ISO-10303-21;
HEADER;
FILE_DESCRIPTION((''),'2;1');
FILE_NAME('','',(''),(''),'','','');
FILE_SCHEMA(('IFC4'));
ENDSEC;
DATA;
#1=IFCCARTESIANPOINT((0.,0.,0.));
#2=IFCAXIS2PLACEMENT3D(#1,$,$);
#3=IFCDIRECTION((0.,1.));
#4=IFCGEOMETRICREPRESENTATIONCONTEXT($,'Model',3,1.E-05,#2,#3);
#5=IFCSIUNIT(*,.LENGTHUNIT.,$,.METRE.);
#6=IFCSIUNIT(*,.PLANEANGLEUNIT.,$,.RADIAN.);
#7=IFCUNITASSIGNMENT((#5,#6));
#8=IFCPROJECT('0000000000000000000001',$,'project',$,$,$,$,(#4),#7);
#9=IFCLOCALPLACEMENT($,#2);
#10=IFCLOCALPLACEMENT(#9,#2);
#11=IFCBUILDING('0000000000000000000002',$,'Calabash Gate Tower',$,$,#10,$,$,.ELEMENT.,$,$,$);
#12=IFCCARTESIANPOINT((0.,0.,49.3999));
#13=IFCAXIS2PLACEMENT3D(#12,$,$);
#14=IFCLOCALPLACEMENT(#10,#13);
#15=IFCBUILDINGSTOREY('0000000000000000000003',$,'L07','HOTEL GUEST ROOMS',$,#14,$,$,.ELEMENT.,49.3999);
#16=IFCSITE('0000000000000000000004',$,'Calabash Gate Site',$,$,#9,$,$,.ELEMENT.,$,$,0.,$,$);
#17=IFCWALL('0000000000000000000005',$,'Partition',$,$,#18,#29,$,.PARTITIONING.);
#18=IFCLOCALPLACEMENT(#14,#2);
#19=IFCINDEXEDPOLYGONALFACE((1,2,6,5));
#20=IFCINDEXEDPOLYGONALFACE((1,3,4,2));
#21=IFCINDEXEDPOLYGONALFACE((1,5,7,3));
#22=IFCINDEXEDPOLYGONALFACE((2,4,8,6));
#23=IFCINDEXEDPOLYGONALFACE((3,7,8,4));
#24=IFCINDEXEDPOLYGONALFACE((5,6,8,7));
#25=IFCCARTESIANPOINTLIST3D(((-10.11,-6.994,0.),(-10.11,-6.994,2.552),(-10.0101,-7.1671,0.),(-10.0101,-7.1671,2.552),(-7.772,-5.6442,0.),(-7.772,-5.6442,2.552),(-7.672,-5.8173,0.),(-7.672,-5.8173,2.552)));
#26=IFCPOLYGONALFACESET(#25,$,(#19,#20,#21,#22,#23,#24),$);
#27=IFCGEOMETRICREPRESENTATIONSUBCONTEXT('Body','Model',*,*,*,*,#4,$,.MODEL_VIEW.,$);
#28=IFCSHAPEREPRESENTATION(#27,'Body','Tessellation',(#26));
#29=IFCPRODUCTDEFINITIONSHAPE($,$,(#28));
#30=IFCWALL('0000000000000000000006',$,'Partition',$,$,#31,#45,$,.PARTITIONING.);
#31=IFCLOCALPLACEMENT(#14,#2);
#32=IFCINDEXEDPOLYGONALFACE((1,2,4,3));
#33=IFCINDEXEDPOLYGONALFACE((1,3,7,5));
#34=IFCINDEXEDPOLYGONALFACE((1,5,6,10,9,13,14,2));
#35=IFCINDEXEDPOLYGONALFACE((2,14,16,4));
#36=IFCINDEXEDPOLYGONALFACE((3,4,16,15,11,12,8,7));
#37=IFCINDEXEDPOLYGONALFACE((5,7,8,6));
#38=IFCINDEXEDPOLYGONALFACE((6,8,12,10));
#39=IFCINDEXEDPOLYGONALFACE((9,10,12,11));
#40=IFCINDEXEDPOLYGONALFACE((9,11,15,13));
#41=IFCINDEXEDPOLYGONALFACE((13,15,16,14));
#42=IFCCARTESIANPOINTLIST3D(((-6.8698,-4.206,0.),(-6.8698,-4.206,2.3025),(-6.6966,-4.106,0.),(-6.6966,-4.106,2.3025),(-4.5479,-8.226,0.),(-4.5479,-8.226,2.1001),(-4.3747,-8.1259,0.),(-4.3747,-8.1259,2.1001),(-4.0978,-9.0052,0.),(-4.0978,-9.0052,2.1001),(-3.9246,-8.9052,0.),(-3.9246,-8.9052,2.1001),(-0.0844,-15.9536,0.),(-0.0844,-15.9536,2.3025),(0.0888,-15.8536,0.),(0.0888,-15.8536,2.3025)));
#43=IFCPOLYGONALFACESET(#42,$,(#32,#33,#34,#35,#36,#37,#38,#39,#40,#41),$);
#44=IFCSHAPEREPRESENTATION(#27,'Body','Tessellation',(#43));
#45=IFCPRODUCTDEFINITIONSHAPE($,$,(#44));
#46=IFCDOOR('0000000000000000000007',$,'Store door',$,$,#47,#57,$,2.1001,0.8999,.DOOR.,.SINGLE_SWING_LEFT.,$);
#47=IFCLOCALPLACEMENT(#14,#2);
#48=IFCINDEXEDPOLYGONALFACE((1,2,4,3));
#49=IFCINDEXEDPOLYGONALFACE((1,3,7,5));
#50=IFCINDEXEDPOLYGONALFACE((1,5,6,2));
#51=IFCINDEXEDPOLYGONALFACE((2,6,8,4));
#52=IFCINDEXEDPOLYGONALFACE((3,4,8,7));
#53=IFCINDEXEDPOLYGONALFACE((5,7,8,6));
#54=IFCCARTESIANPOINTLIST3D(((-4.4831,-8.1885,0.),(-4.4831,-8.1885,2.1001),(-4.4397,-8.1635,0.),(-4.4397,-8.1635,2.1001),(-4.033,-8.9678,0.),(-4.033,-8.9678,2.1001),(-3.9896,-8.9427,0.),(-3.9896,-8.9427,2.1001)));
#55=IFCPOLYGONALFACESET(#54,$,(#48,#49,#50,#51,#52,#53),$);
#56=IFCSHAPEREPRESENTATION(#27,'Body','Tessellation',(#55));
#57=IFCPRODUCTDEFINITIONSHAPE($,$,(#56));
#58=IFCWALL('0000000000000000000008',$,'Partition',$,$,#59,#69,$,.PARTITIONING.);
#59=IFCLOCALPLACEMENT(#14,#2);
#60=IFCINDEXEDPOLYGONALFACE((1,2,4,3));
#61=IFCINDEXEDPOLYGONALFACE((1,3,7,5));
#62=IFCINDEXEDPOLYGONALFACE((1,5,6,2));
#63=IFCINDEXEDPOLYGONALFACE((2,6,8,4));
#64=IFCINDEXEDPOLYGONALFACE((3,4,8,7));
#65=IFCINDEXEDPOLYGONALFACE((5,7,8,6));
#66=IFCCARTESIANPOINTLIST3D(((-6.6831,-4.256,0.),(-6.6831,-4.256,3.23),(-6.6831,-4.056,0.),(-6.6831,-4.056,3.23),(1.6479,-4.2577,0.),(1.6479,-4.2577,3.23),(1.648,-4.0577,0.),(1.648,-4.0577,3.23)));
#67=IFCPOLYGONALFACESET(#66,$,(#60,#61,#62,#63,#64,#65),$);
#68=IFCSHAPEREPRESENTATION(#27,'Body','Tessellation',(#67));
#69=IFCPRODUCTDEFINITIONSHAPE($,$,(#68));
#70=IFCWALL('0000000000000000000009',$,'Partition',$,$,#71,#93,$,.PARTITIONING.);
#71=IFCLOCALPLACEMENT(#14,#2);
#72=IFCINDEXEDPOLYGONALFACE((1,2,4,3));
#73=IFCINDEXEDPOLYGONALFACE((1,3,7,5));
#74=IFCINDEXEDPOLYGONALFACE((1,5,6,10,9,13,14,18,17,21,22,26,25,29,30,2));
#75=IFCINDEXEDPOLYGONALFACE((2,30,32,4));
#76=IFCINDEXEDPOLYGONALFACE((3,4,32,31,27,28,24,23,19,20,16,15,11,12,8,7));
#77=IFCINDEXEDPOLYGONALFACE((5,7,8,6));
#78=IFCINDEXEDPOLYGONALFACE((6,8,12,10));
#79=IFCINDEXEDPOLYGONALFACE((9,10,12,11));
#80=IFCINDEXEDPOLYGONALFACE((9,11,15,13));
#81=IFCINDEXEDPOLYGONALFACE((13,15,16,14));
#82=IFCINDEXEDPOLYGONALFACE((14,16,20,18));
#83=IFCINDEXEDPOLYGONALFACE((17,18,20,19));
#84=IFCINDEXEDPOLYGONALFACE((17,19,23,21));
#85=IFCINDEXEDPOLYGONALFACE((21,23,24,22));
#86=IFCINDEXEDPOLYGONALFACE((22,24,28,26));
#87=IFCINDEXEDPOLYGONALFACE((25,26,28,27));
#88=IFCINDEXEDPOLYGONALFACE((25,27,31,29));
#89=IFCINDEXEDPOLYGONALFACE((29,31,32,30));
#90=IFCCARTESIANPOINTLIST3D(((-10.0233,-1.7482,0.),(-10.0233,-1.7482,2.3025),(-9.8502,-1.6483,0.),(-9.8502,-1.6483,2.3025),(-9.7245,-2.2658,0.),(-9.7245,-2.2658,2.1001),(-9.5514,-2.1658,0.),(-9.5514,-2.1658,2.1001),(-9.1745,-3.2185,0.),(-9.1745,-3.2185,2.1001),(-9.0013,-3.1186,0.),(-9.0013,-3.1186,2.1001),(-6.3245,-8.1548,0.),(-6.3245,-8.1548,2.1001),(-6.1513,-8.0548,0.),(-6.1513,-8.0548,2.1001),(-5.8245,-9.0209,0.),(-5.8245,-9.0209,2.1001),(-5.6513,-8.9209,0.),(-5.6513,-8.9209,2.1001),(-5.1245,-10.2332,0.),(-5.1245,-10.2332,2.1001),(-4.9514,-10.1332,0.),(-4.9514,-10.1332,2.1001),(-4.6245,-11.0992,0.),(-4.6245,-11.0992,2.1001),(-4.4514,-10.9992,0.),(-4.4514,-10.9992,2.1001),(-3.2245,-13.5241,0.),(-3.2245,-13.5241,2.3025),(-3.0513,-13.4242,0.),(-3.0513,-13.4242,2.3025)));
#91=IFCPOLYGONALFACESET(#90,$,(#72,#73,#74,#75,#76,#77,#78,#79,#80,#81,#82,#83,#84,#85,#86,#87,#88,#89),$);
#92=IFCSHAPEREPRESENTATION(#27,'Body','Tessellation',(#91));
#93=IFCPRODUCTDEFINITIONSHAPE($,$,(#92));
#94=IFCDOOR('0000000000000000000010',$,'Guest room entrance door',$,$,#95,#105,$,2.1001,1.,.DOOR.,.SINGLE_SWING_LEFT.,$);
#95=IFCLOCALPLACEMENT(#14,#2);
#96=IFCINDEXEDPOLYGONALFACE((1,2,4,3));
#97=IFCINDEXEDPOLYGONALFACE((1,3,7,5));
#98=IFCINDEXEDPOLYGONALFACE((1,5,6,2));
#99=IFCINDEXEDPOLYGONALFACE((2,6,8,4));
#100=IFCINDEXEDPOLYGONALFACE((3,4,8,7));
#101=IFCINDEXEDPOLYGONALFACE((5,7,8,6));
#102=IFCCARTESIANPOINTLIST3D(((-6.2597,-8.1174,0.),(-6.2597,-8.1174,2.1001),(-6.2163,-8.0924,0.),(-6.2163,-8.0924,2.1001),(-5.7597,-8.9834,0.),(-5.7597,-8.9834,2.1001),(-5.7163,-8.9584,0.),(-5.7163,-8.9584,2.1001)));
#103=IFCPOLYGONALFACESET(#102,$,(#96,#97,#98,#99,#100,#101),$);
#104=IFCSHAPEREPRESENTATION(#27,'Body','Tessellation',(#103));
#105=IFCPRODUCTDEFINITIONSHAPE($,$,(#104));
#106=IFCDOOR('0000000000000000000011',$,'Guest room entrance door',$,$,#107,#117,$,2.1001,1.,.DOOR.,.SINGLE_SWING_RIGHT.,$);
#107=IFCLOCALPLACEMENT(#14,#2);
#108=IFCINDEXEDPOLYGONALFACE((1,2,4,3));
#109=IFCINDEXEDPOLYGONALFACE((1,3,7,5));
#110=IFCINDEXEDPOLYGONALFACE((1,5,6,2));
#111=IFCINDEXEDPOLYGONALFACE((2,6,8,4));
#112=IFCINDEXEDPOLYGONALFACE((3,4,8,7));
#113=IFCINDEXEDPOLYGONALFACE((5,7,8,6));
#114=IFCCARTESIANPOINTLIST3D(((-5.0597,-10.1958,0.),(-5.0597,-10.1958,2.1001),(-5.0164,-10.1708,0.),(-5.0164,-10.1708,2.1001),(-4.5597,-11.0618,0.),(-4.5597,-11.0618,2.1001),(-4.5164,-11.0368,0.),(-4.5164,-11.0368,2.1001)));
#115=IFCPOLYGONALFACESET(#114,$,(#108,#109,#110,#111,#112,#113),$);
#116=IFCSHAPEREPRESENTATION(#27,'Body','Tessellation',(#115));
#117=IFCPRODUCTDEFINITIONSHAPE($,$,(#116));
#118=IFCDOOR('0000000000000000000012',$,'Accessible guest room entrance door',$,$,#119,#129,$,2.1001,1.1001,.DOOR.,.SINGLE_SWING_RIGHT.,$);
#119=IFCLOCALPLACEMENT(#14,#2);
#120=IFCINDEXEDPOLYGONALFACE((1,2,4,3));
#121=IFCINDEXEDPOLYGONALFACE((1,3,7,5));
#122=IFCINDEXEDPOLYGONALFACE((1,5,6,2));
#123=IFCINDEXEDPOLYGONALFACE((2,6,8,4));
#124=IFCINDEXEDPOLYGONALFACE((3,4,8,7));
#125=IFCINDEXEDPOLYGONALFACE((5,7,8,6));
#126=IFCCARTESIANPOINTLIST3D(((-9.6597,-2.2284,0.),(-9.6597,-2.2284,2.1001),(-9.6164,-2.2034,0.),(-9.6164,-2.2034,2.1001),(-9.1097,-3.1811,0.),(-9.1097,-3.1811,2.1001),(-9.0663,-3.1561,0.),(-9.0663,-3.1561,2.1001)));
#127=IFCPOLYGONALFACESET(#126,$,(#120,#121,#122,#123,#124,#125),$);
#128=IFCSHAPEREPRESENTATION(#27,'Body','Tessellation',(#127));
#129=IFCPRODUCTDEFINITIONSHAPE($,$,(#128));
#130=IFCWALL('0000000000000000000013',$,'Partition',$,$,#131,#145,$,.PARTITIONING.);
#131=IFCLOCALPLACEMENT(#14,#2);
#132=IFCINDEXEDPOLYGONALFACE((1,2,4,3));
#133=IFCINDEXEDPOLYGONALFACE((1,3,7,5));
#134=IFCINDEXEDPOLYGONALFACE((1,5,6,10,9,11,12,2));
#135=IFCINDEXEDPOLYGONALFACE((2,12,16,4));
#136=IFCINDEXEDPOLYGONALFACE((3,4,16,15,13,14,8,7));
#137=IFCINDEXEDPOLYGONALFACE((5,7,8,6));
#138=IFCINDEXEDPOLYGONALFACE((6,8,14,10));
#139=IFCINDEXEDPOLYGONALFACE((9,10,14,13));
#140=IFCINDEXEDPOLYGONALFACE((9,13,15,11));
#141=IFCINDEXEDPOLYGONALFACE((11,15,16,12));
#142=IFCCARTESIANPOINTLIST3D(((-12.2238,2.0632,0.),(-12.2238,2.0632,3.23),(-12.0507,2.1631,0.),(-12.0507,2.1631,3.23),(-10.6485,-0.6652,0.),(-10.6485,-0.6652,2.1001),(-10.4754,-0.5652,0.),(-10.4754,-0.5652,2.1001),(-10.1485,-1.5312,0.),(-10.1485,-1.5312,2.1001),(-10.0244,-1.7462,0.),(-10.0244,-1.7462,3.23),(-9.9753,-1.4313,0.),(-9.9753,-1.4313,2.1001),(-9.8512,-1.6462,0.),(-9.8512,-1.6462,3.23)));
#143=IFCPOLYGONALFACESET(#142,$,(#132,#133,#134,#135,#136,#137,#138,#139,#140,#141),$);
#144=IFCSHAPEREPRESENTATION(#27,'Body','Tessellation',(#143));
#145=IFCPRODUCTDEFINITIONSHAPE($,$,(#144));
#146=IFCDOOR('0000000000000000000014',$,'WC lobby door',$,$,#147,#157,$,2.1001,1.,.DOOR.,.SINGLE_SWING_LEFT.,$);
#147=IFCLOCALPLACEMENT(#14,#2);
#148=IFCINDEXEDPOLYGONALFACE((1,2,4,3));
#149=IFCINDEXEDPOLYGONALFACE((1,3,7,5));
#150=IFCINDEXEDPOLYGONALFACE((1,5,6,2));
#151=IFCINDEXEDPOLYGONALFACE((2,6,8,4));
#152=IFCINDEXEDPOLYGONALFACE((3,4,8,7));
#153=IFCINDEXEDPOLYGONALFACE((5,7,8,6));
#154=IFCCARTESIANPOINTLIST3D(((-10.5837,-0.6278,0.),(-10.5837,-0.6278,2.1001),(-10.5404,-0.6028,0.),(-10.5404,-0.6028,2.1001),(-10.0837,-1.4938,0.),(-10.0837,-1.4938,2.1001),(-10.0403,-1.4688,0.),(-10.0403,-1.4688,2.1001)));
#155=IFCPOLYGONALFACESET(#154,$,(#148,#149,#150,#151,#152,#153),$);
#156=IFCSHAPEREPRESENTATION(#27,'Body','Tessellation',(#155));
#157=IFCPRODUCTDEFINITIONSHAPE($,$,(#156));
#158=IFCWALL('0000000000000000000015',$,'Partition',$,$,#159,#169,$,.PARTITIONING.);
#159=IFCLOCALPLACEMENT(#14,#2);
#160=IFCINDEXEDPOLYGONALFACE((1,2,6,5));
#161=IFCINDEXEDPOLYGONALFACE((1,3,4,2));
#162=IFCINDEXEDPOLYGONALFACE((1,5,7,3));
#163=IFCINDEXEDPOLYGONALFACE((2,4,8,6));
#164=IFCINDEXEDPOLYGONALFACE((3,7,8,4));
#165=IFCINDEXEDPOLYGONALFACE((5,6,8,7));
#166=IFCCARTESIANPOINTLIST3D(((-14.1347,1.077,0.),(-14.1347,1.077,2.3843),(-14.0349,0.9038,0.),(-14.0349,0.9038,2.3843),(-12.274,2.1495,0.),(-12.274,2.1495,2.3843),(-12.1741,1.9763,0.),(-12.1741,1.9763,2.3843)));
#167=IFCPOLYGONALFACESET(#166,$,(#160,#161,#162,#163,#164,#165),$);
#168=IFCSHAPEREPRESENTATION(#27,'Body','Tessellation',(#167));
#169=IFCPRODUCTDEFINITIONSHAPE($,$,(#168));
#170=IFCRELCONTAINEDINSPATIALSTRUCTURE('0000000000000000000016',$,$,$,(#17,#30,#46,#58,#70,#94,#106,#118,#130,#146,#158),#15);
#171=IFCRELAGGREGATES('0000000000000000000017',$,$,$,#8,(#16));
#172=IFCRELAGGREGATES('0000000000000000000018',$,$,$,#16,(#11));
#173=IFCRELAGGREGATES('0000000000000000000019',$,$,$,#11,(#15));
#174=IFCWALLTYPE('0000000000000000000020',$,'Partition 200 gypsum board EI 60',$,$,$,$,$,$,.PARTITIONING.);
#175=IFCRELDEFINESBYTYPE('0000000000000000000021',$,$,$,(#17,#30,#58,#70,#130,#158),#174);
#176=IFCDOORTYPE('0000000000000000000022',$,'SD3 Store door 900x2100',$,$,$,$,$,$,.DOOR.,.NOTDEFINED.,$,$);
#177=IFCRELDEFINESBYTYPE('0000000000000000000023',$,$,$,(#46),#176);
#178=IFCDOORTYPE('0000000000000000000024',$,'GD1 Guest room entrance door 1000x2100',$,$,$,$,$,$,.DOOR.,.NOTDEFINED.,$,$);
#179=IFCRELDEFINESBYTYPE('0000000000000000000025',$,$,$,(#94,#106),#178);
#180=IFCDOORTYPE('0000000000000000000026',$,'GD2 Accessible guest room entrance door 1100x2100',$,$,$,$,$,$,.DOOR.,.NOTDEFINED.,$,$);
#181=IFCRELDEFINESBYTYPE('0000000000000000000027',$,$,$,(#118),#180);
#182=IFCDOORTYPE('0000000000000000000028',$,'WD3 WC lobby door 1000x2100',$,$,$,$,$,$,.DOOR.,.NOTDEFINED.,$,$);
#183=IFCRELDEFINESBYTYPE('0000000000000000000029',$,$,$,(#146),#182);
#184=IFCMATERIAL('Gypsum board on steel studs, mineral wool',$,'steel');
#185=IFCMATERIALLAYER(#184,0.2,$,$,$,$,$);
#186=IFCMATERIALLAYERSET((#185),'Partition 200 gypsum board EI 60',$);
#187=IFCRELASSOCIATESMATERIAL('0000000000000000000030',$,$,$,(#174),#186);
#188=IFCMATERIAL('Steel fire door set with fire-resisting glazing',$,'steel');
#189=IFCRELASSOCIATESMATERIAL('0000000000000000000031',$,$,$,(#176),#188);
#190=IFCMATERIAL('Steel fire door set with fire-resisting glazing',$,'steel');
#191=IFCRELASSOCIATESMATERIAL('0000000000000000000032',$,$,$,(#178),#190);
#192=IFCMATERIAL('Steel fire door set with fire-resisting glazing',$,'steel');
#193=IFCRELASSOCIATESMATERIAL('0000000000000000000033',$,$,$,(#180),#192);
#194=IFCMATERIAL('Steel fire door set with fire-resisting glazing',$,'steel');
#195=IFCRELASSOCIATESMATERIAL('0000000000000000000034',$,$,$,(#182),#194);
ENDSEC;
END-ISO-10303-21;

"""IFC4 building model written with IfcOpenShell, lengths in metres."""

from ifc_helpers import new_model, si_unit, direction, frame, frame_2d, origin, place, context, subcontext, project, spatial, rectangle, extrude, material, layer, layer_set, type_object, element, fill, save


model = new_model("IFC4")

# Units and contexts
model_context = context("Model", 3, precision=1e-05, world=origin(), true_north=direction((0.0, 1.0)))
body_context = subcontext(model_context, "Body", "Model", "MODEL_VIEW")
ifc_project = project(units=[si_unit("LENGTHUNIT", "METRE"), si_unit("PLANEANGLEUNIT", "RADIAN")], contexts=[model_context])

# Site, building, storey
site_placement = place(None, origin())
site = spatial("IfcSite", under=ifc_project, at=site_placement, Name="Calabash Gate Site", CompositionType="ELEMENT", RefElevation=0.0)
building_placement = place(site_placement, origin())
building = spatial("IfcBuilding", under=site, at=building_placement, Name="Calabash Gate Tower", CompositionType="ELEMENT")
storey_placement = place(building_placement, frame((0.0, 0.0, 49.3999)))
storey = spatial("IfcBuildingStorey", under=building, at=storey_placement, Name="L07", Description="HOTEL GUEST ROOMS", CompositionType="ELEMENT", Elevation=49.3999)

# Wall
ifc_material_1 = material(Name="Gypsum board on steel studs, mineral wool", Category="steel")
ifc_layer_1 = layer(ifc_material_1, 0.2)
ifc_layer_set_1 = layer_set([ifc_layer_1], Name="Partition 200 gypsum board EI 60")
wall_type_1 = type_object("IfcWallType", Name="Partition 200 gypsum board EI 60", PredefinedType="PARTITIONING", material=ifc_layer_set_1)
wall_1_placement = place(storey_placement, frame((-10.0601, -7.0806, 0.0), z_axis=(0.0, 0.0, 1.0), x_axis=(0.866037, 0.499981, 0.0)))
element("IfcWall", 1, at=wall_1_placement, inside=storey, type_object=wall_type_1, Name="Partition", PredefinedType="PARTITIONING", context=body_context, shape_type="SweptSolid", body=[
    extrude(rectangle(XDim=2.6997, YDim=0.2, at=frame_2d((1.3499, 0.0))), origin(), (0.0, 0.0, 1.0), 2.552),
])

# Wall, opening, door
wall_2_placement = place(storey_placement, frame((-6.7832, -4.156, 0.0), z_axis=(0.0, 0.0, 1.0), x_axis=(0.500163, -0.865931, 0.0)))
wall_2 = element("IfcWall", 2, at=wall_2_placement, inside=storey, type_object=wall_type_1, Name="Partition", PredefinedType="PARTITIONING", context=body_context, shape_type="SweptSolid", body=[
    extrude(rectangle(XDim=13.5664, YDim=0.2, at=frame_2d((6.7832, 0.0))), origin(), (0.0, 0.0, 1.0), 2.3025),
])
opening_1_placement = place(wall_2_placement, frame((4.6423, 0.0, 0.0)))
opening_1 = element("IfcOpeningElement", 3, at=opening_1_placement, cuts=wall_2, PredefinedType="OPENING", context=body_context, shape_type="SweptSolid", body=[
    extrude(rectangle(XDim=0.8999, YDim=2.1001, at=frame_2d((0.45, 1.05))), frame((0.0, 0.1099, 0.0), z_axis=(0.0, -1.0, 0.0), x_axis=(1.0, 0.0, 0.0)), (0.0, 0.0, 1.0), 0.22),
])
ifc_material_2 = material(Name="Steel fire door set with fire-resisting glazing", Category="steel")
door_type_1 = type_object("IfcDoorType", Name="SD3 Store door 900x2100", OperationType="NOTDEFINED", PredefinedType="DOOR", material=ifc_material_2)
door_1_placement = place(opening_1_placement, origin())
door_1 = element("IfcDoor", 4, at=door_1_placement, inside=storey, type_object=door_type_1, Name="Store door", OperationType="SINGLE_SWING_LEFT", OverallHeight=2.1001, OverallWidth=0.8999, PredefinedType="DOOR", context=body_context, shape_type="SweptSolid", body=[
    extrude(rectangle(XDim=0.8999, YDim=2.1001, at=frame_2d((0.45, 1.05))), frame((0.0, 0.0249, 0.0), z_axis=(0.0, -1.0, 0.0), x_axis=(1.0, 0.0, 0.0)), (0.0, 0.0, 1.0), 0.05),
])
fill(opening_1, door_1)

# Wall
wall_3_placement = place(storey_placement, frame((-6.6831, -4.156, 0.0), z_axis=(0.0, 0.0, 1.0), x_axis=(1.0, -0.000205, 0.0)))
element("IfcWall", 5, at=wall_3_placement, inside=storey, type_object=wall_type_1, Name="Partition", PredefinedType="PARTITIONING", context=body_context, shape_type="SweptSolid", body=[
    extrude(rectangle(XDim=8.3311, YDim=0.2, at=frame_2d((4.1655, 0.0))), origin(), (0.0, 0.0, 1.0), 3.23),
])

# Wall, openings, doors
wall_4_placement = place(storey_placement, frame((-9.9368, -1.6982, 0.0), z_axis=(0.0, 0.0, 1.0), x_axis=(0.500001, -0.866025, 0.0)))
wall_4 = element("IfcWall", 6, at=wall_4_placement, inside=storey, type_object=wall_type_1, Name="Partition", PredefinedType="PARTITIONING", context=body_context, shape_type="SweptSolid", body=[
    extrude(rectangle(XDim=13.5977, YDim=0.2, at=frame_2d((6.7988, 0.0))), origin(), (0.0, 0.0, 1.0), 2.3025),
])
opening_2_placement = place(wall_4_placement, frame((0.5977, 0.0, 0.0)))
opening_2 = element("IfcOpeningElement", 7, at=opening_2_placement, cuts=wall_4, PredefinedType="OPENING", context=body_context, shape_type="SweptSolid", body=[
    extrude(rectangle(XDim=1.1001, YDim=2.1001, at=frame_2d((0.55, 1.05))), frame((0.0, 0.1099, 0.0), z_axis=(0.0, -1.0, 0.0), x_axis=(1.0, 0.0, 0.0)), (0.0, 0.0, 1.0), 0.22),
])
opening_3_placement = place(wall_4_placement, frame((7.3977, 0.0, 0.0)))
opening_3 = element("IfcOpeningElement", 8, at=opening_3_placement, cuts=wall_4, PredefinedType="OPENING", context=body_context, shape_type="SweptSolid", body=[
    extrude(rectangle(XDim=1.0, YDim=2.1001, at=frame_2d((0.5, 1.05))), frame((0.0, 0.1099, 0.0), z_axis=(0.0, -1.0, 0.0), x_axis=(1.0, 0.0, 0.0)), (0.0, 0.0, 1.0), 0.22),
])
opening_4_placement = place(wall_4_placement, frame((9.7976, 0.0, 0.0)))
opening_4 = element("IfcOpeningElement", 9, at=opening_4_placement, cuts=wall_4, PredefinedType="OPENING", context=body_context, shape_type="SweptSolid", body=[
    extrude(rectangle(XDim=1.0, YDim=2.1001, at=frame_2d((0.5, 1.05))), frame((0.0, 0.1099, 0.0), z_axis=(0.0, -1.0, 0.0), x_axis=(1.0, 0.0, 0.0)), (0.0, 0.0, 1.0), 0.22),
])
ifc_material_3 = material(Name="Steel fire door set with fire-resisting glazing", Category="steel")
door_type_2 = type_object("IfcDoorType", Name="GD1 Guest room entrance door 1000x2100", OperationType="NOTDEFINED", PredefinedType="DOOR", material=ifc_material_3)
door_2_placement = place(opening_3_placement, origin())
door_2 = element("IfcDoor", 10, at=door_2_placement, inside=storey, type_object=door_type_2, Name="Guest room entrance door", OperationType="SINGLE_SWING_LEFT", OverallHeight=2.1001, OverallWidth=1.0, PredefinedType="DOOR", context=body_context, shape_type="SweptSolid", body=[
    extrude(rectangle(XDim=1.0, YDim=2.1001, at=frame_2d((0.5, 1.05))), frame((0.0, 0.0249, 0.0), z_axis=(0.0, -1.0, 0.0), x_axis=(1.0, 0.0, 0.0)), (0.0, 0.0, 1.0), 0.05),
])
fill(opening_3, door_2)
door_3_placement = place(opening_4_placement, origin())
door_3 = element("IfcDoor", 11, at=door_3_placement, inside=storey, type_object=door_type_2, Name="Guest room entrance door", OperationType="SINGLE_SWING_RIGHT", OverallHeight=2.1001, OverallWidth=1.0, PredefinedType="DOOR", context=body_context, shape_type="SweptSolid", body=[
    extrude(rectangle(XDim=1.0, YDim=2.1001, at=frame_2d((0.5, 1.05))), frame((0.0, 0.0249, 0.0), z_axis=(0.0, -1.0, 0.0), x_axis=(1.0, 0.0, 0.0)), (0.0, 0.0, 1.0), 0.05),
])
fill(opening_4, door_3)
ifc_material_4 = material(Name="Steel fire door set with fire-resisting glazing", Category="steel")
door_type_3 = type_object("IfcDoorType", Name="GD2 Accessible guest room entrance door 1100x2100", OperationType="NOTDEFINED", PredefinedType="DOOR", material=ifc_material_4)
door_4_placement = place(opening_2_placement, origin())
door_4 = element("IfcDoor", 12, at=door_4_placement, inside=storey, type_object=door_type_3, Name="Accessible guest room entrance door", OperationType="SINGLE_SWING_RIGHT", OverallHeight=2.1001, OverallWidth=1.1001, PredefinedType="DOOR", context=body_context, shape_type="SweptSolid", body=[
    extrude(rectangle(XDim=1.1001, YDim=2.1001, at=frame_2d((0.55, 1.05))), frame((0.0, 0.0249, 0.0), z_axis=(0.0, -1.0, 0.0), x_axis=(1.0, 0.0, 0.0)), (0.0, 0.0, 1.0), 0.05),
])
fill(opening_2, door_4)

# Wall, opening, door
wall_5_placement = place(storey_placement, frame((-12.1372, 2.113, 0.0), z_axis=(0.0, 0.0, 1.0), x_axis=(0.500025, -0.866011, 0.0)))
wall_5 = element("IfcWall", 13, at=wall_5_placement, inside=storey, type_object=wall_type_1, Name="Partition", PredefinedType="PARTITIONING", context=body_context, shape_type="SweptSolid", body=[
    extrude(rectangle(XDim=4.3987, YDim=0.2, at=frame_2d((2.1992, 0.0))), origin(), (0.0, 0.0, 1.0), 3.23),
])
opening_5_placement = place(wall_5_placement, frame((3.1504, 0.0, 0.0)))
opening_5 = element("IfcOpeningElement", 14, at=opening_5_placement, cuts=wall_5, PredefinedType="OPENING", context=body_context, shape_type="SweptSolid", body=[
    extrude(rectangle(XDim=1.0, YDim=2.1001, at=frame_2d((0.5, 1.05))), frame((0.0, 0.1099, 0.0), z_axis=(0.0, -1.0, 0.0), x_axis=(1.0, 0.0, 0.0)), (0.0, 0.0, 1.0), 0.22),
])
ifc_material_5 = material(Name="Steel fire door set with fire-resisting glazing", Category="steel")
door_type_4 = type_object("IfcDoorType", Name="WD3 WC lobby door 1000x2100", OperationType="NOTDEFINED", PredefinedType="DOOR", material=ifc_material_5)
door_5_placement = place(opening_5_placement, origin())
door_5 = element("IfcDoor", 15, at=door_5_placement, inside=storey, type_object=door_type_4, Name="WC lobby door", OperationType="SINGLE_SWING_LEFT", OverallHeight=2.1001, OverallWidth=1.0, PredefinedType="DOOR", context=body_context, shape_type="SweptSolid", body=[
    extrude(rectangle(XDim=1.0, YDim=2.1001, at=frame_2d((0.5, 1.05))), frame((0.0, 0.0249, 0.0), z_axis=(0.0, -1.0, 0.0), x_axis=(1.0, 0.0, 0.0)), (0.0, 0.0, 1.0), 0.05),
])
fill(opening_5, door_5)

# Wall
wall_6_placement = place(storey_placement, frame((-14.0847, 0.9905, 0.0), z_axis=(0.0, 0.0, 1.0), x_axis=(0.866397, 0.499355, 0.0)))
element("IfcWall", 16, at=wall_6_placement, inside=storey, type_object=wall_type_1, Name="Partition", PredefinedType="PARTITIONING", context=body_context, shape_type="SweptSolid", body=[
    extrude(rectangle(XDim=2.1477, YDim=0.2, at=frame_2d((1.0737, 0.0))), origin(), (0.0, 0.0, 1.0), 2.3843),
])

save(model, "model.ifc")
